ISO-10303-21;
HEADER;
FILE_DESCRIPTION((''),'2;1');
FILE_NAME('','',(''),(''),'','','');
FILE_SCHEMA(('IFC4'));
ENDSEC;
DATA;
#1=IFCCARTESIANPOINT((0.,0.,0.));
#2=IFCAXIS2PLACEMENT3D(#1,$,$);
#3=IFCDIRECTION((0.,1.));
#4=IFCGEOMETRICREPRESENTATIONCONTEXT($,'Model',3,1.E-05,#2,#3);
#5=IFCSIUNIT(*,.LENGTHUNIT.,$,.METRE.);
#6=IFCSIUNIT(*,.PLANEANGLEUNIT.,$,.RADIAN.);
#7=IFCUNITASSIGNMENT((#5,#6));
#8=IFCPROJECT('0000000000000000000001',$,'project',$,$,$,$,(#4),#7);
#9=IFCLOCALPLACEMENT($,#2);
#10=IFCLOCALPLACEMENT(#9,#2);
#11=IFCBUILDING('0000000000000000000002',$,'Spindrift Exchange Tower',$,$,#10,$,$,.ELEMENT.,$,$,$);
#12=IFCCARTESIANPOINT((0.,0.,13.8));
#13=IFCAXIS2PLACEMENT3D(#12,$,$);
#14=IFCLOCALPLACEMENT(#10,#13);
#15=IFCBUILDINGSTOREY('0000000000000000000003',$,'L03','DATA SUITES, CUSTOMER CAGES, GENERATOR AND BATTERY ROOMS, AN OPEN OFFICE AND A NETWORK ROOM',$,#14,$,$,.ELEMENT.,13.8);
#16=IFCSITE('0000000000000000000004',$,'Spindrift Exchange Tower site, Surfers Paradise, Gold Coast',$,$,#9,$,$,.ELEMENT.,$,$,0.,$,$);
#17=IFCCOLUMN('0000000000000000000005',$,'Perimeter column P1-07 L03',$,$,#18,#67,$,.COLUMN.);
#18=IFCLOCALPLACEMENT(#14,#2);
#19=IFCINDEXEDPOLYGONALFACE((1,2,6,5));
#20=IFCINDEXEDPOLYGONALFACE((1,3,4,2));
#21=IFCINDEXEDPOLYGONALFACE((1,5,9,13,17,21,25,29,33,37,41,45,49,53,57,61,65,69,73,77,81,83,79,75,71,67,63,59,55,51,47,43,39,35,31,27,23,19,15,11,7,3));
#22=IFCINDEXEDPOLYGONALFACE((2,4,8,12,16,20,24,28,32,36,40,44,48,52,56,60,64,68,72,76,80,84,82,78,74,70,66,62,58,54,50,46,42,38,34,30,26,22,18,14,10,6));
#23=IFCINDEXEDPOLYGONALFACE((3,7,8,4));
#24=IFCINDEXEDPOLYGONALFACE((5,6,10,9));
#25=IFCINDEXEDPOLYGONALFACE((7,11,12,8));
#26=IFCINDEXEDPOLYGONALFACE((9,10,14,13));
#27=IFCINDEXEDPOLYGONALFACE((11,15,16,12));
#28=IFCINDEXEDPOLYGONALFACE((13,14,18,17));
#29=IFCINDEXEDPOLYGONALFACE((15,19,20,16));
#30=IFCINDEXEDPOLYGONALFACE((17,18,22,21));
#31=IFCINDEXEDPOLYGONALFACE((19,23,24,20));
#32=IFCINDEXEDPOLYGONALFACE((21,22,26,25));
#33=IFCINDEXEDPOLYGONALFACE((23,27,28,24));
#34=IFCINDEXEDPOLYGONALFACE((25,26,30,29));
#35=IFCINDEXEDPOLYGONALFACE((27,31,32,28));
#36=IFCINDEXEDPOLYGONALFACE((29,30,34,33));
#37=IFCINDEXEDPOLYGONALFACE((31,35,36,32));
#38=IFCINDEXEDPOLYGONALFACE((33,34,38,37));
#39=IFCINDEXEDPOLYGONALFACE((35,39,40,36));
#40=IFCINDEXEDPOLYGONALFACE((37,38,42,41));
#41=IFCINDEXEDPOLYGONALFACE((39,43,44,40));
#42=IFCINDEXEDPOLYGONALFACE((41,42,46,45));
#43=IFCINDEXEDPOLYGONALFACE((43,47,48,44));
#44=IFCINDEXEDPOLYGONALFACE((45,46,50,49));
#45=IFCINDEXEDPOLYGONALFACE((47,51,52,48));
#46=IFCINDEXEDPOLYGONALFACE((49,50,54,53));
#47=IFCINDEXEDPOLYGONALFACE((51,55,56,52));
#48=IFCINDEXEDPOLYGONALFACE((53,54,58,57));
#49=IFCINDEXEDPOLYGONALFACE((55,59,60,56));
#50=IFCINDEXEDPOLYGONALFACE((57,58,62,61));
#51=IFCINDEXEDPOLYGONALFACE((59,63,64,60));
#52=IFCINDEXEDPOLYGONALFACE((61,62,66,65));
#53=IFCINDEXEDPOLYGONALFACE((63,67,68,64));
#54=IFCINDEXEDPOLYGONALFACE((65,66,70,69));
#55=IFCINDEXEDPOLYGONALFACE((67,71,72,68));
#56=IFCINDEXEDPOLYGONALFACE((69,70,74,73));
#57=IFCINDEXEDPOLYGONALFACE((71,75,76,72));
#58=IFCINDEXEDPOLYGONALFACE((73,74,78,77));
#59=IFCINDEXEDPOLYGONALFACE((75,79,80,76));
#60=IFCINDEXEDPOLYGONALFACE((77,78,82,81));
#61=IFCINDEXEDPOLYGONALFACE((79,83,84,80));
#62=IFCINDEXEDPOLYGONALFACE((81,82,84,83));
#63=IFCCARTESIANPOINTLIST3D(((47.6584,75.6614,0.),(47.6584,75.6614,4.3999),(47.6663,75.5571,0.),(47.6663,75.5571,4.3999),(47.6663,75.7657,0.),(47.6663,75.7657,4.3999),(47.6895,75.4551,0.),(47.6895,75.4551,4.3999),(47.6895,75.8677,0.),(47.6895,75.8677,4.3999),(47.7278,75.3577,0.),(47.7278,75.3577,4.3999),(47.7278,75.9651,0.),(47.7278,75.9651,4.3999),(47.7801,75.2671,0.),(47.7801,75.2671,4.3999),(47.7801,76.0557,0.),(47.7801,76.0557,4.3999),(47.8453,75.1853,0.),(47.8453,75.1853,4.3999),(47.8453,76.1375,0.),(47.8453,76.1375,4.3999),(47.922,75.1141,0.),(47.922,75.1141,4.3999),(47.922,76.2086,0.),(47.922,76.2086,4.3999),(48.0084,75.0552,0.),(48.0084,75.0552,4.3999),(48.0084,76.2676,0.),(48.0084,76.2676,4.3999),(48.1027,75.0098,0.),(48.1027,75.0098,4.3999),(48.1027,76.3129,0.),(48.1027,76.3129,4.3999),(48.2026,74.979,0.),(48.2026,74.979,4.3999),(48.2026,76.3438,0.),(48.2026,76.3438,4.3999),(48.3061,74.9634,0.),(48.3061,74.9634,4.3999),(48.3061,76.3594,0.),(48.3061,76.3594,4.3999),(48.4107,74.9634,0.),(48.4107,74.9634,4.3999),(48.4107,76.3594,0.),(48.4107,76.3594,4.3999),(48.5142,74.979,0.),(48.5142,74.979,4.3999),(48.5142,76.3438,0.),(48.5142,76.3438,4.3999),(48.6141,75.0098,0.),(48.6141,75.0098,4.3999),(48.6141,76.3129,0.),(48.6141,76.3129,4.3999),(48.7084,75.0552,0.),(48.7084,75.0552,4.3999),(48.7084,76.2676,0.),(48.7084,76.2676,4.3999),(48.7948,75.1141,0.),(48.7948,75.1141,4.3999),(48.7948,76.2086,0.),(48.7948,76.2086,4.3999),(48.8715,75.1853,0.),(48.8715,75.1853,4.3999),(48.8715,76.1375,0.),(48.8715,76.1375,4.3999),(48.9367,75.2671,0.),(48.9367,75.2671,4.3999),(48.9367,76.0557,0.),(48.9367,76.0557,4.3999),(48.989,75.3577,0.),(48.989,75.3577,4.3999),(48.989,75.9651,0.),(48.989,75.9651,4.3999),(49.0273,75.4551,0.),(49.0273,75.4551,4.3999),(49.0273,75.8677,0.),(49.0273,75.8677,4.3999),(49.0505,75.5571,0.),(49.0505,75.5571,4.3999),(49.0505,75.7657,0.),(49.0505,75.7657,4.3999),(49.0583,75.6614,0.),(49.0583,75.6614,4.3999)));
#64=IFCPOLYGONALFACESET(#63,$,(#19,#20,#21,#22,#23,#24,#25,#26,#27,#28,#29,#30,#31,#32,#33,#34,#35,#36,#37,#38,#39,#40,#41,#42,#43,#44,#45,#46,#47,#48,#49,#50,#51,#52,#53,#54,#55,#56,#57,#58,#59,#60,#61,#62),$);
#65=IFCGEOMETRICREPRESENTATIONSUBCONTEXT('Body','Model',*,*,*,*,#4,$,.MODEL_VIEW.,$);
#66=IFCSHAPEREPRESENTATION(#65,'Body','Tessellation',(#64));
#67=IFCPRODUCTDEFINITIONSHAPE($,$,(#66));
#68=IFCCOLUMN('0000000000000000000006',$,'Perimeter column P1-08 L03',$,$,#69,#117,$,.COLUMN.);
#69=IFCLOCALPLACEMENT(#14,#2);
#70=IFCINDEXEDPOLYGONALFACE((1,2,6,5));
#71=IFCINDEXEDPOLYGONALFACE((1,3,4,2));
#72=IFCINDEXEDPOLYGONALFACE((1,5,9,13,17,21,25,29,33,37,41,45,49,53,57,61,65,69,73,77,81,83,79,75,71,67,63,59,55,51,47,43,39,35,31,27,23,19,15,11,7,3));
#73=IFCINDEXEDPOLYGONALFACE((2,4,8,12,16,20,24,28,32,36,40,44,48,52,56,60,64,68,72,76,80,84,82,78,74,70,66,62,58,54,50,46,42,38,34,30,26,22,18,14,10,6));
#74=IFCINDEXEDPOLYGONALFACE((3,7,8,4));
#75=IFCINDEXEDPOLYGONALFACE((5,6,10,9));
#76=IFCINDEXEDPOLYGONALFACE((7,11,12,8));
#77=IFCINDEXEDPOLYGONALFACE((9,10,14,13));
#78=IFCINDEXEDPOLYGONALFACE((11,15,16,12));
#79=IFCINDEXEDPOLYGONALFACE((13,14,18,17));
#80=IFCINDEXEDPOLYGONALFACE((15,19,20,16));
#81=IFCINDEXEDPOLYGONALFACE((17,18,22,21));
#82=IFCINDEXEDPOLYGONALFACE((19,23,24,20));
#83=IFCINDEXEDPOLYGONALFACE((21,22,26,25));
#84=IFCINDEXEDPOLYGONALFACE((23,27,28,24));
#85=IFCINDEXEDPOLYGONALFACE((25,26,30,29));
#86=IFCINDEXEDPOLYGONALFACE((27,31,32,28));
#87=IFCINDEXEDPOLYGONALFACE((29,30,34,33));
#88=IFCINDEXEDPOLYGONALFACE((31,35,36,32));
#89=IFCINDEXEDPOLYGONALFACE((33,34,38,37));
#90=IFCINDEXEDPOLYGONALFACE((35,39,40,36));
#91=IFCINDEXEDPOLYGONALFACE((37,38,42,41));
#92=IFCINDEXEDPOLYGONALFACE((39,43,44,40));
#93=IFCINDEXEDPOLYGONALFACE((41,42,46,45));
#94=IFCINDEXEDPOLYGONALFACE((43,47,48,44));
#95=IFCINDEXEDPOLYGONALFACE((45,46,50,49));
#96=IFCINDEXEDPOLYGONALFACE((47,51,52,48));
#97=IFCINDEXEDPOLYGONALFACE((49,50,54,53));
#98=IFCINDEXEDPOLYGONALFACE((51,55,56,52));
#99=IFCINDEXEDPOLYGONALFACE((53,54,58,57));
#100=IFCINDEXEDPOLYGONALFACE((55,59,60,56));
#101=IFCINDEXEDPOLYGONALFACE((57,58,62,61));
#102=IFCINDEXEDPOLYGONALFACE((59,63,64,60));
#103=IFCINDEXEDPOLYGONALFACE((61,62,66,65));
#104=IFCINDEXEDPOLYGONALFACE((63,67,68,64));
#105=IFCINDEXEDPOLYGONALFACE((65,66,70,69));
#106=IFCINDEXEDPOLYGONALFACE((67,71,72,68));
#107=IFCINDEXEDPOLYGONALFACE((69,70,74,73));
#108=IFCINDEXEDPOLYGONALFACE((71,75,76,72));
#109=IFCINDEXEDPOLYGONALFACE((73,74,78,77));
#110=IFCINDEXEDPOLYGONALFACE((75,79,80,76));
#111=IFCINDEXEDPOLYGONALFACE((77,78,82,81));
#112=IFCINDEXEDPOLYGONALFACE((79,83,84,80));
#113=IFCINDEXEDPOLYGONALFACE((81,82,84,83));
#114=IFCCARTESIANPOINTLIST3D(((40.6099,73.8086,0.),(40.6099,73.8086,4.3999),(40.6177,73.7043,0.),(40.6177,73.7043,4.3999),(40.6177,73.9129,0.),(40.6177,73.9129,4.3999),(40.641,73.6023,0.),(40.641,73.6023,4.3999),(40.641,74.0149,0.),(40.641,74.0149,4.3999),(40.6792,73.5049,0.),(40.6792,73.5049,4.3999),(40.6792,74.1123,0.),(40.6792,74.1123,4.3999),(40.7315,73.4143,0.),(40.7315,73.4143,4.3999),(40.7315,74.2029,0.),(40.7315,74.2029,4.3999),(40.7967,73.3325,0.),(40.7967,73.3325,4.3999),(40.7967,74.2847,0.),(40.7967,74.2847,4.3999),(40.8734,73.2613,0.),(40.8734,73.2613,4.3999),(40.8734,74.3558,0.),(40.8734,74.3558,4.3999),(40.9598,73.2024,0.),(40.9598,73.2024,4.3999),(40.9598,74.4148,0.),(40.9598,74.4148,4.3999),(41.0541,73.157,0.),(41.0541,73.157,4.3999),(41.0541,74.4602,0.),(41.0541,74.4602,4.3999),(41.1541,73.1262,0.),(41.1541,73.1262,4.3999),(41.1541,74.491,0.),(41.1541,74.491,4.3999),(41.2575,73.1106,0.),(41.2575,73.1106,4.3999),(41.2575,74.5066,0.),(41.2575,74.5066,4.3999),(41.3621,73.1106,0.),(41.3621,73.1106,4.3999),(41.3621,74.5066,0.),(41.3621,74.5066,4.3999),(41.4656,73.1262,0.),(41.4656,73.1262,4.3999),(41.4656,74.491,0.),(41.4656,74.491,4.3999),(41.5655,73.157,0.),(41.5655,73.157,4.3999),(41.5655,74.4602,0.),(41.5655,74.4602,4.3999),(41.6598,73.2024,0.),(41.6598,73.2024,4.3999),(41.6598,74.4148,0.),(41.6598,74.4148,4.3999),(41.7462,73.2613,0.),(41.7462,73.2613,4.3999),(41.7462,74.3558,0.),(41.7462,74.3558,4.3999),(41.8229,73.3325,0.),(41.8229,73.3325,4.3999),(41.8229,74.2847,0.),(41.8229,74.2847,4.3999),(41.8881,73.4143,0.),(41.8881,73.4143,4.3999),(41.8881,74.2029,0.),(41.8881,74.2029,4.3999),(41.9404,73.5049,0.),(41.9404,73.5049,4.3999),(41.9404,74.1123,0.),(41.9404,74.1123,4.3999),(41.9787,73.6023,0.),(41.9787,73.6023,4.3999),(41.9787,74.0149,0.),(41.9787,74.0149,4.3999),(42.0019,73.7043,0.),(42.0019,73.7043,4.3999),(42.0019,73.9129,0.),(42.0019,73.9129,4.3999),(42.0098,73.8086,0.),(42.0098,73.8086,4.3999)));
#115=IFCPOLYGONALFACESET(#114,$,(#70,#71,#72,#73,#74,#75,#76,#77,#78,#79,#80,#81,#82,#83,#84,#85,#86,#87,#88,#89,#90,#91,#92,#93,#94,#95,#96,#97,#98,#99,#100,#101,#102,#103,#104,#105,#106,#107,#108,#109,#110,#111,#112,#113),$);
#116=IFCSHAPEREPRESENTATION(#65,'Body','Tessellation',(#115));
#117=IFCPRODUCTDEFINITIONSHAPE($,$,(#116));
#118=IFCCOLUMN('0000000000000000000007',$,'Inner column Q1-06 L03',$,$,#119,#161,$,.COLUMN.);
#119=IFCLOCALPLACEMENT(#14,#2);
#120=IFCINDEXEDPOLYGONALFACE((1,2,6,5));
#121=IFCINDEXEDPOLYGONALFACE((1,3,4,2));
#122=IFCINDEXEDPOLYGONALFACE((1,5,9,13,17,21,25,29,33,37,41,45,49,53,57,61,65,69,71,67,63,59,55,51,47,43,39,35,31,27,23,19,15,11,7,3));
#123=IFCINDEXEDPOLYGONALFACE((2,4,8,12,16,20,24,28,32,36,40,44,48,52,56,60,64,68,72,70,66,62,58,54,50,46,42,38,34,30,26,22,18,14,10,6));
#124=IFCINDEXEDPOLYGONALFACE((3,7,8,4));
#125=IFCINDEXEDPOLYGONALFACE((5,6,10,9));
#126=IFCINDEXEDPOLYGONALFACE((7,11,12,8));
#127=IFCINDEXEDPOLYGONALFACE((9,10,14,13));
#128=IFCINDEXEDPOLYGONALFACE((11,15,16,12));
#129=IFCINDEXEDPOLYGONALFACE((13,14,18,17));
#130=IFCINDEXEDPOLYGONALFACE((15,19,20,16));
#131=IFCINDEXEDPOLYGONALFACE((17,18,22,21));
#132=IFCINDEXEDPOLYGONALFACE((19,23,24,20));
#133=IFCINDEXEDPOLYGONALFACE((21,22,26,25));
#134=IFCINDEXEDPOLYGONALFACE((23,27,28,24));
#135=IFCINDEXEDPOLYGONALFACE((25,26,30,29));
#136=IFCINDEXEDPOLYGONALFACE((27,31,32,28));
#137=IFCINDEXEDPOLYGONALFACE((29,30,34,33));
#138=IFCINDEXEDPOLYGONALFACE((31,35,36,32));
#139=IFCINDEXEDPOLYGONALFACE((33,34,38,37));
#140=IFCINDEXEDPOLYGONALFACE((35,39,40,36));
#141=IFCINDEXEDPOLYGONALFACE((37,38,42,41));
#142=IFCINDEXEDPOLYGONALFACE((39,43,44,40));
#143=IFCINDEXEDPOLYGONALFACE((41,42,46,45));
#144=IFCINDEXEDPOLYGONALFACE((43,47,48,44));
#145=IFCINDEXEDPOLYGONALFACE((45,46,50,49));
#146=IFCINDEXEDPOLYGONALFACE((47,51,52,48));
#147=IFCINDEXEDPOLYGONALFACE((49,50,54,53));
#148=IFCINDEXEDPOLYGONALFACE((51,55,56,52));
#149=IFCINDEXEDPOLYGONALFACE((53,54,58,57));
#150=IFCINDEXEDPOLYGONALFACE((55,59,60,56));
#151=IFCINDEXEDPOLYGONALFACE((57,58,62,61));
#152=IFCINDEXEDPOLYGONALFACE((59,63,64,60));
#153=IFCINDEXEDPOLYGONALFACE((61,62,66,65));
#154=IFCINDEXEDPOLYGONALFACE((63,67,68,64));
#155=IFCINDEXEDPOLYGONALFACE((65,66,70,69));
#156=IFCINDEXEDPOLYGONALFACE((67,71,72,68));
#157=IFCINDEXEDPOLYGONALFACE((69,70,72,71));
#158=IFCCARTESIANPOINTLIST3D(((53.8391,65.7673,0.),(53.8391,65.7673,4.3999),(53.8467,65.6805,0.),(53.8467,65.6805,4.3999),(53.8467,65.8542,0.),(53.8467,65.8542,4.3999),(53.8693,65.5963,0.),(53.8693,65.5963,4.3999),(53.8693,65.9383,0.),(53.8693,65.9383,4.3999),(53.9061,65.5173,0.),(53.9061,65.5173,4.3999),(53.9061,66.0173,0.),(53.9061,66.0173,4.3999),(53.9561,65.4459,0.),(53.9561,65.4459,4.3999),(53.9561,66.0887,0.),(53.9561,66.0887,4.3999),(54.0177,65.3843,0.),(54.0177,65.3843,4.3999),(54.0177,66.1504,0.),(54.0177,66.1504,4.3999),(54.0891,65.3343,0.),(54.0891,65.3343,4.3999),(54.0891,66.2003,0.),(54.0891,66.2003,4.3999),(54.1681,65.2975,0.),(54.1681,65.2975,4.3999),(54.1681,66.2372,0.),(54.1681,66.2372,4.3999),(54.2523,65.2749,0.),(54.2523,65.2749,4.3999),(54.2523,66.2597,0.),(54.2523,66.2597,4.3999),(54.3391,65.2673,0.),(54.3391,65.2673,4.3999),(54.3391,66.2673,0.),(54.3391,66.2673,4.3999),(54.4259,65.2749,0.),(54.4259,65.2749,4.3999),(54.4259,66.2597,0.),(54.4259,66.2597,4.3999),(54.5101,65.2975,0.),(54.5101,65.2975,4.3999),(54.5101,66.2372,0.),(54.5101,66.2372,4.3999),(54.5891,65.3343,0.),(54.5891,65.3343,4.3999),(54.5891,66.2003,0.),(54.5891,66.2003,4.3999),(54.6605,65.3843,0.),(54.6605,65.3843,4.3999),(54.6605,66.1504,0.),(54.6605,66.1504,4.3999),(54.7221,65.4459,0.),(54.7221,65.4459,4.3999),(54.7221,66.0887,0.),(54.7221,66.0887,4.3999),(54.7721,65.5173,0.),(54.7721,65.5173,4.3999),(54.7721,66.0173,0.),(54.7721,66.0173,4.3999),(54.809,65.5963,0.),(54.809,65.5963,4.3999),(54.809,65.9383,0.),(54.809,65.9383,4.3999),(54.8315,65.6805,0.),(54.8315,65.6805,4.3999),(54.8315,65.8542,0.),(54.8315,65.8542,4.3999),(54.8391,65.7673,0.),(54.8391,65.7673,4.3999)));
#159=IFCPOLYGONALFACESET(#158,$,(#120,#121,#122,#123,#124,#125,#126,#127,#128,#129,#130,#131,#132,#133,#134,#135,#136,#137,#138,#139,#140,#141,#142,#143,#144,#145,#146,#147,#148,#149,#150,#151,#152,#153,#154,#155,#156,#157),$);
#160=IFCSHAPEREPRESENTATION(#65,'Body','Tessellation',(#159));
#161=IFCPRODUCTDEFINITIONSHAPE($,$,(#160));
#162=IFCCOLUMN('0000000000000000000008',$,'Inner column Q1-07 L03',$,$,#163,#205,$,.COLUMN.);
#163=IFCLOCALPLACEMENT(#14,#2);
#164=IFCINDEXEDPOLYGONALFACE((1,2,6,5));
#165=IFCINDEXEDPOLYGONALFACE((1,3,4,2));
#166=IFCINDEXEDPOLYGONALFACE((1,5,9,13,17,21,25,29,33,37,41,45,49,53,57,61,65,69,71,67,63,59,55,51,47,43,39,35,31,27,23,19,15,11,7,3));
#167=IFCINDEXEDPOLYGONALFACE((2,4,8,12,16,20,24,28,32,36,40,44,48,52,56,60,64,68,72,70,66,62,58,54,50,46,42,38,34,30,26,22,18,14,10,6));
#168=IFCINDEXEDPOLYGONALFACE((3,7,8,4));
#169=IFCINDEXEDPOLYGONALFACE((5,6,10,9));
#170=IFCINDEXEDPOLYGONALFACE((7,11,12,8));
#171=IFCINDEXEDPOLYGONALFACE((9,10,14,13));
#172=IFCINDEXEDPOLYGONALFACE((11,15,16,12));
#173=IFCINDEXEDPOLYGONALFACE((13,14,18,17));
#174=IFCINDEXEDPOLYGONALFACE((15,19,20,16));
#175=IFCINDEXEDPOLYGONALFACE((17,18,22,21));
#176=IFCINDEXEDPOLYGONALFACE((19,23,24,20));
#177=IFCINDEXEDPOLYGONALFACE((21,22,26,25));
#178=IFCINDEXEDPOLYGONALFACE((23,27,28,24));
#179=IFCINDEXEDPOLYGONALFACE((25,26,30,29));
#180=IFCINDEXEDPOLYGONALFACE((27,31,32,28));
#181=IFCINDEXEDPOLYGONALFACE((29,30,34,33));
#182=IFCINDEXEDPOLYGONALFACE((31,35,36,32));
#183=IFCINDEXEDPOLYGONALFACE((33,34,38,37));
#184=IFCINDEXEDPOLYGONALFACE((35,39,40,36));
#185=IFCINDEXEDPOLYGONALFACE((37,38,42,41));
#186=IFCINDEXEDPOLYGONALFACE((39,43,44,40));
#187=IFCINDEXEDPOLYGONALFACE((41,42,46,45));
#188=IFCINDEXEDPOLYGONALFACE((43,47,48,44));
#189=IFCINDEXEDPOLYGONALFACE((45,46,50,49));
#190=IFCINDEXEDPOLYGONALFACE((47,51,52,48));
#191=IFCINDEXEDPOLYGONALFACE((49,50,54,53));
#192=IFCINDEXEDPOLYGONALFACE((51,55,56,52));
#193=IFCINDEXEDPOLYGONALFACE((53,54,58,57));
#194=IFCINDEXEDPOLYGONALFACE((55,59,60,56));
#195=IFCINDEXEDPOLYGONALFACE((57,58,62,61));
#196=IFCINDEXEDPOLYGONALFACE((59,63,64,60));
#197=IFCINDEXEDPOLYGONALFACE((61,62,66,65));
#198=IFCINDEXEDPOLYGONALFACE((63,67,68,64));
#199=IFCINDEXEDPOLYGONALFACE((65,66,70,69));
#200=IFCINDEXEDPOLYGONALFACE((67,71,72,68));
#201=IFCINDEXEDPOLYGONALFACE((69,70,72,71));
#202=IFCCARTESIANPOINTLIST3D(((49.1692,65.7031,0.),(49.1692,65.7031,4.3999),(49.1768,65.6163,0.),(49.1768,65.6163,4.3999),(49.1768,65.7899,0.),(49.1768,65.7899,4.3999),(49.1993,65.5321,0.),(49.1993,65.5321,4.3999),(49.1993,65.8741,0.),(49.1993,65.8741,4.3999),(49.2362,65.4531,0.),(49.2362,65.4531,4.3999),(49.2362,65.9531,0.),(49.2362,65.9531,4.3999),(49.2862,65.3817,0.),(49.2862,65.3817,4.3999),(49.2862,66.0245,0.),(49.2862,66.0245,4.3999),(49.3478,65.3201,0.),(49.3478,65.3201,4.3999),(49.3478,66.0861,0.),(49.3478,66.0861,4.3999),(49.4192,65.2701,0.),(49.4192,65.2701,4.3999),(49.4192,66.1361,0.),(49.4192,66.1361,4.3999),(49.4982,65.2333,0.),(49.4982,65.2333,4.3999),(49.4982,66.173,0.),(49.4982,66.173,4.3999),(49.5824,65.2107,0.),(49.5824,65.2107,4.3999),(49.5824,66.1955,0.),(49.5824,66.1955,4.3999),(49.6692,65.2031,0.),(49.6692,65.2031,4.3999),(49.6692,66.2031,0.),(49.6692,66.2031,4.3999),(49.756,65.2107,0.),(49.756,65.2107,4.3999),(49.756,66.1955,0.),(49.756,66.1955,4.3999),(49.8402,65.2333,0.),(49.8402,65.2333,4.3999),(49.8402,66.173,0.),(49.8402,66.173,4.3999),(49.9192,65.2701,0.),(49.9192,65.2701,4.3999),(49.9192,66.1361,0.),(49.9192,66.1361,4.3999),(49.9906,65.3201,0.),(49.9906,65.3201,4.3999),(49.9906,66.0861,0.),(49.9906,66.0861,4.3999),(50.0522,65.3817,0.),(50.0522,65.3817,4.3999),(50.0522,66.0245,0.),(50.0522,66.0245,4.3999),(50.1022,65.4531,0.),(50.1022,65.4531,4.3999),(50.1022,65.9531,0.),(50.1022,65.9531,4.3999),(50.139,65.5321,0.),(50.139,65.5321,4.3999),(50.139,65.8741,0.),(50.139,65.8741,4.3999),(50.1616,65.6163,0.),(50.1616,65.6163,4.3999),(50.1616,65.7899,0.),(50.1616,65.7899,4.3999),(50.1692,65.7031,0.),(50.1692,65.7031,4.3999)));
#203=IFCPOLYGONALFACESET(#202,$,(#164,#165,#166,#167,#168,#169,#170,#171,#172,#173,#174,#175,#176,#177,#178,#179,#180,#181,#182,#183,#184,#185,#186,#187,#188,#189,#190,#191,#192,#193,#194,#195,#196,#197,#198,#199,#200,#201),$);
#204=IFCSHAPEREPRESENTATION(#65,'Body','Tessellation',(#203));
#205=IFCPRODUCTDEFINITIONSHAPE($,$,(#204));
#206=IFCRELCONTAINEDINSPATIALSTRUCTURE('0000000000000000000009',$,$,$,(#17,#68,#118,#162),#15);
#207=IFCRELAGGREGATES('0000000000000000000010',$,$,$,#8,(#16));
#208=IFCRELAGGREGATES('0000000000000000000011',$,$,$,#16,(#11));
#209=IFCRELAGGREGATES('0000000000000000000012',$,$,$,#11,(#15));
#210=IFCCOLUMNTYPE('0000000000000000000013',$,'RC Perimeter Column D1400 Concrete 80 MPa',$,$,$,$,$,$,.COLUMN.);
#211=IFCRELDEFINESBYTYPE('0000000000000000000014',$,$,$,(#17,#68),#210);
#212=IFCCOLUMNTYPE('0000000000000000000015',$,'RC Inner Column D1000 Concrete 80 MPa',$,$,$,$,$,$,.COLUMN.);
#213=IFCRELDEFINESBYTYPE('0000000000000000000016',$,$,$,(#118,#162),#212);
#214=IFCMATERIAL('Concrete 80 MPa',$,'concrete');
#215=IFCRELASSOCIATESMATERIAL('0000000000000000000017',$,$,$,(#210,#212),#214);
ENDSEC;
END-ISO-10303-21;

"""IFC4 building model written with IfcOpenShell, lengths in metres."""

from ifc_helpers import new_model, si_unit, direction, frame, origin, origin_2d, place, context, subcontext, project, spatial, circle, extrude, source, transform, mapped, material, material_profile, profile_set, type_object, element, save


model = new_model("IFC4")

# Units and contexts
model_context = context("Model", 3, precision=1e-05, world=origin(), true_north=direction((0.0, 1.0)))
body_context = subcontext(model_context, "Body", "Model", "MODEL_VIEW")
ifc_project = project(units=[si_unit("LENGTHUNIT", "METRE"), si_unit("PLANEANGLEUNIT", "RADIAN")], contexts=[model_context])

# Site, building, storey
site_placement = place(None, origin())
site = spatial("IfcSite", under=ifc_project, at=site_placement, Name="Spindrift Exchange Tower site, Surfers Paradise, Gold Coast", CompositionType="ELEMENT", RefElevation=0.0)
building_placement = place(site_placement, origin())
building = spatial("IfcBuilding", under=site, at=building_placement, Name="Spindrift Exchange Tower", CompositionType="ELEMENT")
storey_placement = place(building_placement, frame((0.0, 0.0, 13.8)))
storey = spatial("IfcBuildingStorey", under=building, at=storey_placement, Name="L03", Description="DATA SUITES, CUSTOMER CAGES, GENERATOR AND BATTERY ROOMS, AN OPEN OFFICE AND A NETWORK ROOM", CompositionType="ELEMENT", Elevation=13.8)

# Columns
ifc_material_1 = material(Name="Concrete 80 MPa", Category="concrete")
ifc_material_profile_1 = material_profile(ifc_material_1, circle(Radius=0.7, at=origin_2d()), Name="RC D1400")
ifc_profile_set_1 = profile_set([ifc_material_profile_1], Name="Concrete 80 MPa")
column_type_1 = type_object("IfcColumnType", Name="RC Perimeter Column D1400 Concrete 80 MPa", PredefinedType="COLUMN", material=ifc_profile_set_1)
shared_shape_1 = source(origin(), body_context, "Body", "SweptSolid", [
    extrude(circle(Radius=0.7, at=origin_2d()), origin(), (0.0, 0.0, 1.0), 4.3999),
])
for number, where, z_axis, x_axis, name in (
    (1, (48.3584, 75.6614, 0.0), (0.0, 0.0, 1.0), (1.0, 0.0, 0.0), "Perimeter column P1-07 L03"),
    (2, (41.3098, 73.8086, 0.0), (0.0, 0.0, 1.0), (1.0, 0.0, 0.0), "Perimeter column P1-08 L03"),
):
    element("IfcColumn", number, at=place(storey_placement, frame(where, z_axis=z_axis, x_axis=x_axis)), inside=storey, type_object=column_type_1, Name=name, PredefinedType="COLUMN", context=body_context, shape_type="MappedRepresentation", body=[
        mapped(shared_shape_1, transform((0.0, 0.0, 0.0), scale=1.0)),
    ])
ifc_material_profile_2 = material_profile(ifc_material_1, circle(Radius=0.5, at=origin_2d()), Name="RC D1000")
ifc_profile_set_2 = profile_set([ifc_material_profile_2], Name="Concrete 80 MPa")
column_type_2 = type_object("IfcColumnType", Name="RC Inner Column D1000 Concrete 80 MPa", PredefinedType="COLUMN", material=ifc_profile_set_2)
shared_shape_2 = source(origin(), body_context, "Body", "SweptSolid", [
    extrude(circle(Radius=0.5, at=origin_2d()), origin(), (0.0, 0.0, 1.0), 4.3999),
])
for number, where, z_axis, x_axis, name in (
    (3, (54.3391, 65.7673, 0.0), (0.0, 0.0, 1.0), (1.0, 0.0, 0.0), "Inner column Q1-06 L03"),
    (4, (49.6692, 65.7031, 0.0), (0.0, 0.0, 1.0), (1.0, 0.0, 0.0), "Inner column Q1-07 L03"),
):
    element("IfcColumn", number, at=place(storey_placement, frame(where, z_axis=z_axis, x_axis=x_axis)), inside=storey, type_object=column_type_2, Name=name, PredefinedType="COLUMN", context=body_context, shape_type="MappedRepresentation", body=[
        mapped(shared_shape_2, transform((0.0, 0.0, 0.0), scale=1.0)),
    ])

save(model, "model.ifc")
